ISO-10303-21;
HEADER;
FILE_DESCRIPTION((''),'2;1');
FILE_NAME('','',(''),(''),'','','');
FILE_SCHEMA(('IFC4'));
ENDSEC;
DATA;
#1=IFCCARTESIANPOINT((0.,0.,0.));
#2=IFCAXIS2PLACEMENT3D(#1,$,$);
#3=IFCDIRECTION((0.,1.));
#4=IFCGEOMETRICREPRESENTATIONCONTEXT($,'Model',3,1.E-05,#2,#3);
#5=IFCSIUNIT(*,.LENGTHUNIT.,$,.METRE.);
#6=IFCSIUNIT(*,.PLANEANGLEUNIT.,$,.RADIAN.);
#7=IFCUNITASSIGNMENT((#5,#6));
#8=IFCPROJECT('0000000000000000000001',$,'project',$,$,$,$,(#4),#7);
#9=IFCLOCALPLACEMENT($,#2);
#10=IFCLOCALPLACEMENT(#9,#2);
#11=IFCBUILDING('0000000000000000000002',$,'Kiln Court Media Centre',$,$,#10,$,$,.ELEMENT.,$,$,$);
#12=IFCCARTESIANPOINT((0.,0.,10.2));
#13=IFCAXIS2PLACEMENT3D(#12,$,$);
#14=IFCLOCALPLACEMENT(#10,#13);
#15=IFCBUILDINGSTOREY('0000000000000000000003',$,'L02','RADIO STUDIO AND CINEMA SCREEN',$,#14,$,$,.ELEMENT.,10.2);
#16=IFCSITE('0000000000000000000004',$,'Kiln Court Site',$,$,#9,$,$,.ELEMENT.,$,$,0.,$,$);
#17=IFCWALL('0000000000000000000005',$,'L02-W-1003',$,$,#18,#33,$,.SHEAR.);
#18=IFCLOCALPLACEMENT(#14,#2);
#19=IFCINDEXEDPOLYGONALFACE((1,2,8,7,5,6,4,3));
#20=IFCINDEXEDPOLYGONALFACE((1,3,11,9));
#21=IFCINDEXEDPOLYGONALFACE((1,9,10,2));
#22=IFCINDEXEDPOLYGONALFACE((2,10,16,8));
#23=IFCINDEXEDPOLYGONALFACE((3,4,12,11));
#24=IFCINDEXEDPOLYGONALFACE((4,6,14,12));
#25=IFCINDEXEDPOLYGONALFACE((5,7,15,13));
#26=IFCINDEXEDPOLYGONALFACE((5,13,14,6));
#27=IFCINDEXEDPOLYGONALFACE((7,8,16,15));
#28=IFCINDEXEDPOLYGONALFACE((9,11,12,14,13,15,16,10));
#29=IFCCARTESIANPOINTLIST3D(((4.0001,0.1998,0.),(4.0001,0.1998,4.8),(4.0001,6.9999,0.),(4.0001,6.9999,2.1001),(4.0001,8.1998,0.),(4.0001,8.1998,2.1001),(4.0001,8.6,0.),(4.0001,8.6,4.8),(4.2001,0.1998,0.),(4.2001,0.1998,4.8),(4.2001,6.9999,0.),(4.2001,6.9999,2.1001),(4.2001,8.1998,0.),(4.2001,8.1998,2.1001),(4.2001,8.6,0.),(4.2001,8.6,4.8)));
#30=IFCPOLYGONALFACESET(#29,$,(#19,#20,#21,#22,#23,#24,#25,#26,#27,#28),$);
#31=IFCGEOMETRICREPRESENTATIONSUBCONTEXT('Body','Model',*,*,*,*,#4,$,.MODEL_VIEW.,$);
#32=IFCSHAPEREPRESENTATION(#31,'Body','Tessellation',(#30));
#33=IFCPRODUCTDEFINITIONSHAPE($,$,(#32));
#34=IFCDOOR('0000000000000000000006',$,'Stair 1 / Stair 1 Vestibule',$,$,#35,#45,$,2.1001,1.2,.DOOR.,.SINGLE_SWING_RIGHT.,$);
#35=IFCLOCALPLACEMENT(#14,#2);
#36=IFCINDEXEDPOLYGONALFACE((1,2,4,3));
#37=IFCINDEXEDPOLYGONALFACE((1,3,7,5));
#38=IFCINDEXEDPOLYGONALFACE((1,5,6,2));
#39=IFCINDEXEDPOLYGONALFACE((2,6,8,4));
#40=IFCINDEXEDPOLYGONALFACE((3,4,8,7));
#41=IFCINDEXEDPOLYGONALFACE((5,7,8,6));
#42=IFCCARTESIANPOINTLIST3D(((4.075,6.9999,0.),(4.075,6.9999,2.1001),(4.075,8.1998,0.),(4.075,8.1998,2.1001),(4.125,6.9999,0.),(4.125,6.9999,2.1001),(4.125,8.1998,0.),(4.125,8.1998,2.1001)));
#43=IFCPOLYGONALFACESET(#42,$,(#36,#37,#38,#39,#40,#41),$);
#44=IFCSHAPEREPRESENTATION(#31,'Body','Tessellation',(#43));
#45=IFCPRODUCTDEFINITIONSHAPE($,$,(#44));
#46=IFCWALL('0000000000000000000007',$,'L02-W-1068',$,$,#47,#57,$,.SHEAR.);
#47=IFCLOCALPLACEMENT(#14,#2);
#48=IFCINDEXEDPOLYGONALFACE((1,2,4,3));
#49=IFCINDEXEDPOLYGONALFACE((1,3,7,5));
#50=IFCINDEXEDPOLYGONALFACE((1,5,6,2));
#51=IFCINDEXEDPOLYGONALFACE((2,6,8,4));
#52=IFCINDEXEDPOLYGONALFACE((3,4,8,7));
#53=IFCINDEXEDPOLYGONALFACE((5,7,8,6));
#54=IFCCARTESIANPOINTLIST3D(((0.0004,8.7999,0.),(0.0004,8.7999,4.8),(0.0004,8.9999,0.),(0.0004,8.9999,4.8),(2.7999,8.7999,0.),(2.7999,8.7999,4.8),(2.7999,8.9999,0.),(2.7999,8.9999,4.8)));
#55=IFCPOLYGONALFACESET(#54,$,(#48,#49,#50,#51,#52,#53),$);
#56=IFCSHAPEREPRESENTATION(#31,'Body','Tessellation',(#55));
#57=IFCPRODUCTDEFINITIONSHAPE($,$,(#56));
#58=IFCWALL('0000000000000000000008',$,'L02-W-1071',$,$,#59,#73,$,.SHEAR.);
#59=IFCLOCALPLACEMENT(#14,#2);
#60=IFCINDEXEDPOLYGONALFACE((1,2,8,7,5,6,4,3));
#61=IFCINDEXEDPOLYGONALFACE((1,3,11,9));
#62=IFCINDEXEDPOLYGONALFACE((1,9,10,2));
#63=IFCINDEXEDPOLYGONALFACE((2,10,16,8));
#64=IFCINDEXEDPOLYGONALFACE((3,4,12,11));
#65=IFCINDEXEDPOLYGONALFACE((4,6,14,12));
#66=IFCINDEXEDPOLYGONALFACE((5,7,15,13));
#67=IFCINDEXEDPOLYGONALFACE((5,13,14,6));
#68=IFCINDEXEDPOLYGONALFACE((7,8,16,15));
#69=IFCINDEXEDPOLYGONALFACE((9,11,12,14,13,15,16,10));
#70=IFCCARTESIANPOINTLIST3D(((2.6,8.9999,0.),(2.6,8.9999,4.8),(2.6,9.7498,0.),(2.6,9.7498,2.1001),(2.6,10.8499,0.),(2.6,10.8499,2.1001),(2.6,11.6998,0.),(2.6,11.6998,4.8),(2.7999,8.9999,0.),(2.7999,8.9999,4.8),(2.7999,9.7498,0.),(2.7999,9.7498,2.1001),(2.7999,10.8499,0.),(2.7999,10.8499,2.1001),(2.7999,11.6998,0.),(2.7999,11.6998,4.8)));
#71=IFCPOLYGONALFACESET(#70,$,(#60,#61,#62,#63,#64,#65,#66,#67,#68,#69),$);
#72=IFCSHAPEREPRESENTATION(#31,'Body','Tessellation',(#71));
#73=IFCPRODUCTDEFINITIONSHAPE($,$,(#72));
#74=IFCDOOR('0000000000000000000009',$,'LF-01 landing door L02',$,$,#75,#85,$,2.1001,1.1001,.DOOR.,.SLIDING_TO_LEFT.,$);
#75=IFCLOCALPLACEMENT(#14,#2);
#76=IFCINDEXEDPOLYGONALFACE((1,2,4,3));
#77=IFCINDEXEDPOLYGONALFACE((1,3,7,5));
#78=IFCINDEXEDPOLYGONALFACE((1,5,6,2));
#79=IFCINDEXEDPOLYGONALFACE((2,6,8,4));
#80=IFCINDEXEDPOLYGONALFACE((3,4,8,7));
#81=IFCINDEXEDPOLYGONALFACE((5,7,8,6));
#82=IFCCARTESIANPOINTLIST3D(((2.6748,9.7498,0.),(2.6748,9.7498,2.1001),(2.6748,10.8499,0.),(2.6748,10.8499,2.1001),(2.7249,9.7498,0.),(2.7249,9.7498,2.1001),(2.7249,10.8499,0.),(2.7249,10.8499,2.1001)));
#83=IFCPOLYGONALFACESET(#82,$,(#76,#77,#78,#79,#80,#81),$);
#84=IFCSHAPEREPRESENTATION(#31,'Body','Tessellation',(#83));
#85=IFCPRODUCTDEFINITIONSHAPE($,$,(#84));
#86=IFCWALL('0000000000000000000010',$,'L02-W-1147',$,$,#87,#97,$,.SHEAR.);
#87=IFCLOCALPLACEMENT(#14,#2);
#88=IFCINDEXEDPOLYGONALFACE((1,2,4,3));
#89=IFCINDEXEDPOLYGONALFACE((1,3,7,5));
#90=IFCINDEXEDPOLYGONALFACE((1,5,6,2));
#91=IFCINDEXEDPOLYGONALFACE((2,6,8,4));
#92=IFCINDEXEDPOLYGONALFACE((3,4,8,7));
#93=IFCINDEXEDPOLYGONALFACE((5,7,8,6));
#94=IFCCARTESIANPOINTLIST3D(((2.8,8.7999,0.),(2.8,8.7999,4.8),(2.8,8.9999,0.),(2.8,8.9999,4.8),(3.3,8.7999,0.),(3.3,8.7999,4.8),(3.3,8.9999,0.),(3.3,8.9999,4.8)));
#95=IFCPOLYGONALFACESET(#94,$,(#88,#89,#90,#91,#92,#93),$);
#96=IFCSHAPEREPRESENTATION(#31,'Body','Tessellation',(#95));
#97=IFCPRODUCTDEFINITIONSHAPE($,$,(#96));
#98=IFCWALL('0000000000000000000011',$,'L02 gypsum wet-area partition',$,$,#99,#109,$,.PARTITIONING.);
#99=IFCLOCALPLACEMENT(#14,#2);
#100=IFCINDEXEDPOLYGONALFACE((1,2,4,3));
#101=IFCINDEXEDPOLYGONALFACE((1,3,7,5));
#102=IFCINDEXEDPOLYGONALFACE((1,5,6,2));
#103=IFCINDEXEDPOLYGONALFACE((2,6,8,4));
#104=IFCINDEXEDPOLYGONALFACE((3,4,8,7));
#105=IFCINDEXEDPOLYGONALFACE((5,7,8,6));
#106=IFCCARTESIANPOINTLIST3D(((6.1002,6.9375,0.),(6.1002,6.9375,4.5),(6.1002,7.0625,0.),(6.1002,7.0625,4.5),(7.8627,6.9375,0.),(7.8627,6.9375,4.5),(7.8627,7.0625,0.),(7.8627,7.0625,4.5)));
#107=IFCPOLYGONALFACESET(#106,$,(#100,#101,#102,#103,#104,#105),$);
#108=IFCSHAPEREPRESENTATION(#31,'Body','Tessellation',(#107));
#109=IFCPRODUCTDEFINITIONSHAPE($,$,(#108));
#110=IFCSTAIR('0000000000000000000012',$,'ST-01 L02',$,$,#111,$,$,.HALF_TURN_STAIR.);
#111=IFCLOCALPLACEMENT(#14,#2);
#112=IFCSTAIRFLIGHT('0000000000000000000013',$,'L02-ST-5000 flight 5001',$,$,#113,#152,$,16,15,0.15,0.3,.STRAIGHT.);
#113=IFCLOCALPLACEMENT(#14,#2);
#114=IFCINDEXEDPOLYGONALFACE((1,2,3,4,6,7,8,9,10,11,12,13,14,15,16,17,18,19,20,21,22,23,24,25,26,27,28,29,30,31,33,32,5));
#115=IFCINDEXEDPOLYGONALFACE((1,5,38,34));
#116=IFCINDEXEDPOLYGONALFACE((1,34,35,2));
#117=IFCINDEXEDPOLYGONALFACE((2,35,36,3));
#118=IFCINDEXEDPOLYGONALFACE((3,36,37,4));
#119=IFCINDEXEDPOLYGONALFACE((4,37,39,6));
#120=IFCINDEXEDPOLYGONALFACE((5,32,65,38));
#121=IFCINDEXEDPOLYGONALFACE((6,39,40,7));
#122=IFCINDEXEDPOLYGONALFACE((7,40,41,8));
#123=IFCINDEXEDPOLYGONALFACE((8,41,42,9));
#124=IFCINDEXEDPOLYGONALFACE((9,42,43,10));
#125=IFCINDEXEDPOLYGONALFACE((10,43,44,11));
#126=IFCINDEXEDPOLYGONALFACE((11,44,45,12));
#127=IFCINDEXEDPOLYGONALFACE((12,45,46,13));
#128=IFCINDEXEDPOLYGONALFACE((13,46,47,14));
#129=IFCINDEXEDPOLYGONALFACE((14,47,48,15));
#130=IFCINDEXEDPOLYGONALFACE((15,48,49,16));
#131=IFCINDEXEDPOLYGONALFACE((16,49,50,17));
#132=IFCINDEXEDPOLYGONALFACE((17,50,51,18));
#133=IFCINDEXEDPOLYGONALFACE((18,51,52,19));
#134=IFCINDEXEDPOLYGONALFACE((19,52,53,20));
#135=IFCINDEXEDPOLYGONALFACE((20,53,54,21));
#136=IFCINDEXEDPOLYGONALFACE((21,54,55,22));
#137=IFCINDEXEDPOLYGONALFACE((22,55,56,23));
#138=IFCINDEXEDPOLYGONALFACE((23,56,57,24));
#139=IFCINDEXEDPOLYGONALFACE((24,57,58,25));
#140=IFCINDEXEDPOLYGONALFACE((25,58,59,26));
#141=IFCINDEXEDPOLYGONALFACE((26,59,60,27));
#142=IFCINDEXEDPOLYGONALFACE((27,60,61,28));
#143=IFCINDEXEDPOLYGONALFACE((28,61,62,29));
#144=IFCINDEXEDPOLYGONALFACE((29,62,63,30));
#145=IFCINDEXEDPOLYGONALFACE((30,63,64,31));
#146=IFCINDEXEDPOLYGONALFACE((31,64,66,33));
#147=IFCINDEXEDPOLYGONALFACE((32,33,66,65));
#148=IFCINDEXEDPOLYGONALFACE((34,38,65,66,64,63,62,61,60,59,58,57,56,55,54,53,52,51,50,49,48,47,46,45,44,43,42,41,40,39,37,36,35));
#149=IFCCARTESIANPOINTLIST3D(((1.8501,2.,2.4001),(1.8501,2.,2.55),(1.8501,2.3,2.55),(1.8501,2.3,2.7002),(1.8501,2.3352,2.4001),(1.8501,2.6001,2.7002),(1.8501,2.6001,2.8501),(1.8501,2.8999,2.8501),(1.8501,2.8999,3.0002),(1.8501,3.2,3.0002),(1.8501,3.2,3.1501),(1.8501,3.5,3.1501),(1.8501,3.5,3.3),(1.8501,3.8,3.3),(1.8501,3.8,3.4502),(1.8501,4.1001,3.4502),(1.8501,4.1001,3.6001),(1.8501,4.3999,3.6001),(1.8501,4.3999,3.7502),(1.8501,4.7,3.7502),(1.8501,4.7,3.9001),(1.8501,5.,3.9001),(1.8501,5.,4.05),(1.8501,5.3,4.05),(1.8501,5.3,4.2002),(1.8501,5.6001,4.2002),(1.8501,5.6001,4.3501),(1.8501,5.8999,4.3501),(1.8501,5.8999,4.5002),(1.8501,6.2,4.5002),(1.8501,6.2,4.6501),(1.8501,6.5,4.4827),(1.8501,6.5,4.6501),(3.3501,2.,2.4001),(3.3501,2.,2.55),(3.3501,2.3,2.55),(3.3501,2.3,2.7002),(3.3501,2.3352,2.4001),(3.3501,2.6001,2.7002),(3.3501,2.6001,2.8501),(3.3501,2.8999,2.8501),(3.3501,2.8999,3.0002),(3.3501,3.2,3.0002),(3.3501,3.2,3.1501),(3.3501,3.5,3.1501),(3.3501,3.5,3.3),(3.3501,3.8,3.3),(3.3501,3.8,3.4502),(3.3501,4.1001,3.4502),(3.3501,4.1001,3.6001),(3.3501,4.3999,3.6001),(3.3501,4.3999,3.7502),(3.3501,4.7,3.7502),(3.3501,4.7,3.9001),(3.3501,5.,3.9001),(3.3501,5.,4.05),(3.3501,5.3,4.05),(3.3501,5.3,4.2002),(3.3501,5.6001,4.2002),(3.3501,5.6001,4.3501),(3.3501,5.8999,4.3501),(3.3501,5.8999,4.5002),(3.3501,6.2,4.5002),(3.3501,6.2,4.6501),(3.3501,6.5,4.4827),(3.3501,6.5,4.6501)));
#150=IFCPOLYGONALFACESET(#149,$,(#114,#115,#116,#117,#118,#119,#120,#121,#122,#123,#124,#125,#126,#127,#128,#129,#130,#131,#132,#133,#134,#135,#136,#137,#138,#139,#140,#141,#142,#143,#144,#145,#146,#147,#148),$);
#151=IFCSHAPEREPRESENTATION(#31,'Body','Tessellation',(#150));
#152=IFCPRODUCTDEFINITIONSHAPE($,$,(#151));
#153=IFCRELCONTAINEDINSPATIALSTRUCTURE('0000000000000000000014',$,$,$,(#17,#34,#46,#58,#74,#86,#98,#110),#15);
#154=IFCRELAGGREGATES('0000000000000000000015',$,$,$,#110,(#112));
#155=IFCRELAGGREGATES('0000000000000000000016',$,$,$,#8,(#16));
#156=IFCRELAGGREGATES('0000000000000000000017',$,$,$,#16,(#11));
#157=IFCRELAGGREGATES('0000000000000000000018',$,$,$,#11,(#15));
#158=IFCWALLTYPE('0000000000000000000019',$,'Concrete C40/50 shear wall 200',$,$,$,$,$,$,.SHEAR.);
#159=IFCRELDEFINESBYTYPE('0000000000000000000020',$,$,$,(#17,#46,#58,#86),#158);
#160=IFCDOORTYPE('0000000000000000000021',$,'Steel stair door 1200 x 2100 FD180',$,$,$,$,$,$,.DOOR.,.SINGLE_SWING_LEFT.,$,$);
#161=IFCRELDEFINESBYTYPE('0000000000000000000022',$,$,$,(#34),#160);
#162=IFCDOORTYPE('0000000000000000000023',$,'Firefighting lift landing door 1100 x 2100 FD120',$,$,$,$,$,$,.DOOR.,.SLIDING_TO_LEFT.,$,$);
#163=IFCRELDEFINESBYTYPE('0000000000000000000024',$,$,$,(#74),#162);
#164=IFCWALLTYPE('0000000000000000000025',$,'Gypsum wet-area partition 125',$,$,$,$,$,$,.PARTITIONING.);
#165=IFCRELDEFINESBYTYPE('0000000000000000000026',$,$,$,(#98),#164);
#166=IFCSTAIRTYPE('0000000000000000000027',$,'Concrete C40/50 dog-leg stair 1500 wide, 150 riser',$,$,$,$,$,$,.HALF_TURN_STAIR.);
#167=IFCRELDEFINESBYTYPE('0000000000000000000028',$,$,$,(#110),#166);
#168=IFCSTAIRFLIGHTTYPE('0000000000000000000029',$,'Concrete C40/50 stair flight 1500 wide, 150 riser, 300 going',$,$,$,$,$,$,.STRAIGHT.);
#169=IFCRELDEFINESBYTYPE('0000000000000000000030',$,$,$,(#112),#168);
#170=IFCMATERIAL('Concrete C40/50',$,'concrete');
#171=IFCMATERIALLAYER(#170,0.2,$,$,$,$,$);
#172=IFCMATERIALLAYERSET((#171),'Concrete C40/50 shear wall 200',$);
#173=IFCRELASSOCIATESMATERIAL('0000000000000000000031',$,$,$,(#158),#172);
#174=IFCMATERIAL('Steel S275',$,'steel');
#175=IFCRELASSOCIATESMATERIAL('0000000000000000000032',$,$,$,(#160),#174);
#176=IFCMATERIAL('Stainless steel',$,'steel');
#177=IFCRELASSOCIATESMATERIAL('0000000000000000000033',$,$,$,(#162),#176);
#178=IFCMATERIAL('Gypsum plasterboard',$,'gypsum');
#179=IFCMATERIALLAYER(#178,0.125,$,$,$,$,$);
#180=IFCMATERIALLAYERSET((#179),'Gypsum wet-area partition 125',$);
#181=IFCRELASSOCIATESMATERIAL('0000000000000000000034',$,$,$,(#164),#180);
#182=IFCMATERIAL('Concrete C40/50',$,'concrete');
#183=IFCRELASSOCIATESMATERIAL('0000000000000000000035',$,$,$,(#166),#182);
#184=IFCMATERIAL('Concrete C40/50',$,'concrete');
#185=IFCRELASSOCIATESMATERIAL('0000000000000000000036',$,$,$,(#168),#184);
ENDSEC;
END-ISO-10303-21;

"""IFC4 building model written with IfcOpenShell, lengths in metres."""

from ifc_helpers import new_model, si_unit, direction, frame, frame_2d, origin, place, context, subcontext, project, spatial, polyline, rectangle, outline, extrude, material, layer, layer_set, type_object, element, fill, aggregate, save


model = new_model("IFC4")

# Units and contexts
model_context = context("Model", 3, precision=1e-05, world=origin(), true_north=direction((0.0, 1.0)))
body_context = subcontext(model_context, "Body", "Model", "MODEL_VIEW")
ifc_project = project(units=[si_unit("LENGTHUNIT", "METRE"), si_unit("PLANEANGLEUNIT", "RADIAN")], contexts=[model_context])

# Site, building, storey
site_placement = place(None, origin())
site = spatial("IfcSite", under=ifc_project, at=site_placement, Name="Kiln Court Site", CompositionType="ELEMENT", RefElevation=0.0)
building_placement = place(site_placement, origin())
building = spatial("IfcBuilding", under=site, at=building_placement, Name="Kiln Court Media Centre", CompositionType="ELEMENT")
storey_placement = place(building_placement, frame((0.0, 0.0, 10.2)))
storey = spatial("IfcBuildingStorey", under=building, at=storey_placement, Name="L02", Description="RADIO STUDIO AND CINEMA SCREEN", CompositionType="ELEMENT", Elevation=10.2)

# Shared definitions
ifc_material_1 = material(Name="Concrete C40/50", Category="concrete")
ifc_layer_1 = layer(ifc_material_1, 0.2)
ifc_layer_set_1 = layer_set([ifc_layer_1], Name="Concrete C40/50 shear wall 200")
wall_type_1 = type_object("IfcWallType", Name="Concrete C40/50 shear wall 200", PredefinedType="SHEAR", material=ifc_layer_set_1)

# Wall, opening, door
wall_1_placement = place(storey_placement, frame((4.1001, 8.6001, 0.0), z_axis=(0.0, 0.0, 1.0), x_axis=(0.0, -1.0, 0.0)))
wall_1 = element("IfcWall", 1, at=wall_1_placement, inside=storey, type_object=wall_type_1, Name="L02-W-1003", PredefinedType="SHEAR", context=body_context, shape_type="SweptSolid", body=[
    extrude(rectangle(XDim=8.4001, YDim=0.2, at=frame_2d((4.2002, 0.0))), origin(), (0.0, 0.0, 1.0), 4.8),
])
opening_1_placement = place(wall_1_placement, frame((0.4001, 0.0, 0.0)))
opening_1 = element("IfcOpeningElement", 2, at=opening_1_placement, cuts=wall_1, PredefinedType="OPENING", context=body_context, shape_type="SweptSolid", body=[
    extrude(rectangle(XDim=1.2, YDim=2.1001, at=frame_2d((0.6001, 1.05))), frame((0.0, 0.1099, 0.0), z_axis=(0.0, -1.0, 0.0), x_axis=(1.0, 0.0, 0.0)), (0.0, 0.0, 1.0), 0.22),
])
ifc_material_2 = material(Name="Steel S275", Category="steel")
door_type_1 = type_object("IfcDoorType", Name="Steel stair door 1200 x 2100 FD180", OperationType="SINGLE_SWING_LEFT", PredefinedType="DOOR", material=ifc_material_2)
door_1_placement = place(opening_1_placement, origin())
door_1 = element("IfcDoor", 3, at=door_1_placement, inside=storey, type_object=door_type_1, Name="Stair 1 / Stair 1 Vestibule", OperationType="SINGLE_SWING_RIGHT", OverallHeight=2.1001, OverallWidth=1.2, PredefinedType="DOOR", context=body_context, shape_type="SweptSolid", body=[
    extrude(rectangle(XDim=1.2, YDim=2.1001, at=frame_2d((0.6001, 1.05))), frame((0.0, 0.0249, 0.0), z_axis=(0.0, -1.0, 0.0), x_axis=(1.0, 0.0, 0.0)), (0.0, 0.0, 1.0), 0.05),
])
fill(opening_1, door_1)

# Wall
wall_2_placement = place(storey_placement, frame((2.8, 8.8999, 0.0), z_axis=(0.0, 0.0, 1.0), x_axis=(-1.0, 0.0, 0.0)))
element("IfcWall", 4, at=wall_2_placement, inside=storey, type_object=wall_type_1, Name="L02-W-1068", PredefinedType="SHEAR", context=body_context, shape_type="SweptSolid", body=[
    extrude(rectangle(XDim=2.7996, YDim=0.2, at=frame_2d((1.3999, 0.0))), origin(), (0.0, 0.0, 1.0), 4.8),
])

# Wall, opening, door
wall_3_placement = place(storey_placement, frame((2.7, 11.7, 0.0), z_axis=(0.0, 0.0, 1.0), x_axis=(0.0, -1.0, 0.0)))
wall_3 = element("IfcWall", 5, at=wall_3_placement, inside=storey, type_object=wall_type_1, Name="L02-W-1071", PredefinedType="SHEAR", context=body_context, shape_type="SweptSolid", body=[
    extrude(rectangle(XDim=2.7, YDim=0.2, at=frame_2d((1.3501, 0.0))), origin(), (0.0, 0.0, 1.0), 4.8),
])
opening_2_placement = place(wall_3_placement, frame((0.8501, 0.0, 0.0)))
opening_2 = element("IfcOpeningElement", 6, at=opening_2_placement, cuts=wall_3, PredefinedType="OPENING", context=body_context, shape_type="SweptSolid", body=[
    extrude(rectangle(XDim=1.1001, YDim=2.1001, at=frame_2d((0.55, 1.05))), frame((0.0, 0.1099, 0.0), z_axis=(0.0, -1.0, 0.0), x_axis=(1.0, 0.0, 0.0)), (0.0, 0.0, 1.0), 0.22),
])
ifc_material_3 = material(Name="Stainless steel", Category="steel")
door_type_2 = type_object("IfcDoorType", Name="Firefighting lift landing door 1100 x 2100 FD120", OperationType="SLIDING_TO_LEFT", PredefinedType="DOOR", material=ifc_material_3)
door_2_placement = place(opening_2_placement, origin())
door_2 = element("IfcDoor", 7, at=door_2_placement, inside=storey, type_object=door_type_2, Name="LF-01 landing door L02", OperationType="SLIDING_TO_LEFT", OverallHeight=2.1001, OverallWidth=1.1001, PredefinedType="DOOR", context=body_context, shape_type="SweptSolid", body=[
    extrude(rectangle(XDim=1.1001, YDim=2.1001, at=frame_2d((0.55, 1.05))), frame((0.0, 0.0249, 0.0), z_axis=(0.0, -1.0, 0.0), x_axis=(1.0, 0.0, 0.0)), (0.0, 0.0, 1.0), 0.05),
])
fill(opening_2, door_2)

# Walls
wall_4_placement = place(storey_placement, frame((3.3, 8.8999, 0.0), z_axis=(0.0, 0.0, 1.0), x_axis=(-1.0, 0.0, 0.0)))
element("IfcWall", 8, at=wall_4_placement, inside=storey, type_object=wall_type_1, Name="L02-W-1147", PredefinedType="SHEAR", context=body_context, shape_type="SweptSolid", body=[
    extrude(rectangle(XDim=0.5, YDim=0.2, at=frame_2d((0.25, 0.0))), origin(), (0.0, 0.0, 1.0), 4.8),
])
ifc_material_4 = material(Name="Gypsum plasterboard", Category="gypsum")
ifc_layer_2 = layer(ifc_material_4, 0.125)
ifc_layer_set_2 = layer_set([ifc_layer_2], Name="Gypsum wet-area partition 125")
wall_type_2 = type_object("IfcWallType", Name="Gypsum wet-area partition 125", PredefinedType="PARTITIONING", material=ifc_layer_set_2)
wall_5_placement = place(storey_placement, frame((6.1001, 7.0, 0.0), z_axis=(0.0, 0.0, 1.0), x_axis=(1.0, 0.0, 0.0)))
element("IfcWall", 9, at=wall_5_placement, inside=storey, type_object=wall_type_2, Name="L02 gypsum wet-area partition", PredefinedType="PARTITIONING", context=body_context, shape_type="SweptSolid", body=[
    extrude(rectangle(XDim=1.7625, YDim=0.125, at=frame_2d((0.8813, 0.0))), origin(), (0.0, 0.0, 1.0), 4.5),
])

# Stair, stair flight
ifc_material_5 = material(Name="Concrete C40/50", Category="concrete")
stair_type = type_object("IfcStairType", Name="Concrete C40/50 dog-leg stair 1500 wide, 150 riser", PredefinedType="HALF_TURN_STAIR", material=ifc_material_5)
stair_placement = place(storey_placement, origin())
stair = element("IfcStair", 10, at=stair_placement, inside=storey, type_object=stair_type, Name="ST-01 L02", PredefinedType="HALF_TURN_STAIR")
ifc_material_6 = material(Name="Concrete C40/50", Category="concrete")
stair_flight_type = type_object("IfcStairFlightType", Name="Concrete C40/50 stair flight 1500 wide, 150 riser, 300 going", PredefinedType="STRAIGHT", material=ifc_material_6)
stair_flight_placement = place(storey_placement, frame((2.6001, 2.0, 2.4001), z_axis=(0.0, 0.0, 1.0), x_axis=(0.0, 1.0, 0.0)))
stair_flight = element("IfcStairFlight", 11, at=stair_flight_placement, type_object=stair_flight_type, Name="L02-ST-5000 flight 5001", NumberOfRisers=16, NumberOfTreads=15, PredefinedType="STRAIGHT", RiserHeight=0.15, TreadLength=0.3, context=body_context, shape_type="SweptSolid", body=[
    extrude(outline(polyline([(0.0, 0.0), (0.0, 0.1499), (0.3, 0.1499), (0.3, 0.3), (0.6001, 0.3), (0.6001, 0.45), (0.8999, 0.45), (0.8999, 0.6001), (1.2, 0.6001), (1.2, 0.75), (1.5, 0.75), (1.5, 0.8999), (1.8, 0.8999), (1.8, 1.05), (2.1001, 1.05), (2.1001, 1.2), (2.3999, 1.2), (2.3999, 1.3501), (2.7, 1.3501), (2.7, 1.5), (3.0, 1.5), (3.0, 1.6499), (3.3, 1.6499), (3.3, 1.8), (3.6001, 1.8), (3.6001, 1.95), (3.8999, 1.95), (3.8999, 2.1001), (4.2, 2.1001), (4.2, 2.25), (4.5, 2.25), (4.5, 2.3999), (4.5, 2.0825), (0.3352, 0.0), (0.0, 0.0)])), frame((0.0, 0.75, 0.0), z_axis=(0.0, -1.0, 0.0), x_axis=(1.0, 0.0, 0.0)), (0.0, 0.0, 1.0), 1.5),
])
aggregate(stair, [stair_flight])

save(model, "model.ifc")
